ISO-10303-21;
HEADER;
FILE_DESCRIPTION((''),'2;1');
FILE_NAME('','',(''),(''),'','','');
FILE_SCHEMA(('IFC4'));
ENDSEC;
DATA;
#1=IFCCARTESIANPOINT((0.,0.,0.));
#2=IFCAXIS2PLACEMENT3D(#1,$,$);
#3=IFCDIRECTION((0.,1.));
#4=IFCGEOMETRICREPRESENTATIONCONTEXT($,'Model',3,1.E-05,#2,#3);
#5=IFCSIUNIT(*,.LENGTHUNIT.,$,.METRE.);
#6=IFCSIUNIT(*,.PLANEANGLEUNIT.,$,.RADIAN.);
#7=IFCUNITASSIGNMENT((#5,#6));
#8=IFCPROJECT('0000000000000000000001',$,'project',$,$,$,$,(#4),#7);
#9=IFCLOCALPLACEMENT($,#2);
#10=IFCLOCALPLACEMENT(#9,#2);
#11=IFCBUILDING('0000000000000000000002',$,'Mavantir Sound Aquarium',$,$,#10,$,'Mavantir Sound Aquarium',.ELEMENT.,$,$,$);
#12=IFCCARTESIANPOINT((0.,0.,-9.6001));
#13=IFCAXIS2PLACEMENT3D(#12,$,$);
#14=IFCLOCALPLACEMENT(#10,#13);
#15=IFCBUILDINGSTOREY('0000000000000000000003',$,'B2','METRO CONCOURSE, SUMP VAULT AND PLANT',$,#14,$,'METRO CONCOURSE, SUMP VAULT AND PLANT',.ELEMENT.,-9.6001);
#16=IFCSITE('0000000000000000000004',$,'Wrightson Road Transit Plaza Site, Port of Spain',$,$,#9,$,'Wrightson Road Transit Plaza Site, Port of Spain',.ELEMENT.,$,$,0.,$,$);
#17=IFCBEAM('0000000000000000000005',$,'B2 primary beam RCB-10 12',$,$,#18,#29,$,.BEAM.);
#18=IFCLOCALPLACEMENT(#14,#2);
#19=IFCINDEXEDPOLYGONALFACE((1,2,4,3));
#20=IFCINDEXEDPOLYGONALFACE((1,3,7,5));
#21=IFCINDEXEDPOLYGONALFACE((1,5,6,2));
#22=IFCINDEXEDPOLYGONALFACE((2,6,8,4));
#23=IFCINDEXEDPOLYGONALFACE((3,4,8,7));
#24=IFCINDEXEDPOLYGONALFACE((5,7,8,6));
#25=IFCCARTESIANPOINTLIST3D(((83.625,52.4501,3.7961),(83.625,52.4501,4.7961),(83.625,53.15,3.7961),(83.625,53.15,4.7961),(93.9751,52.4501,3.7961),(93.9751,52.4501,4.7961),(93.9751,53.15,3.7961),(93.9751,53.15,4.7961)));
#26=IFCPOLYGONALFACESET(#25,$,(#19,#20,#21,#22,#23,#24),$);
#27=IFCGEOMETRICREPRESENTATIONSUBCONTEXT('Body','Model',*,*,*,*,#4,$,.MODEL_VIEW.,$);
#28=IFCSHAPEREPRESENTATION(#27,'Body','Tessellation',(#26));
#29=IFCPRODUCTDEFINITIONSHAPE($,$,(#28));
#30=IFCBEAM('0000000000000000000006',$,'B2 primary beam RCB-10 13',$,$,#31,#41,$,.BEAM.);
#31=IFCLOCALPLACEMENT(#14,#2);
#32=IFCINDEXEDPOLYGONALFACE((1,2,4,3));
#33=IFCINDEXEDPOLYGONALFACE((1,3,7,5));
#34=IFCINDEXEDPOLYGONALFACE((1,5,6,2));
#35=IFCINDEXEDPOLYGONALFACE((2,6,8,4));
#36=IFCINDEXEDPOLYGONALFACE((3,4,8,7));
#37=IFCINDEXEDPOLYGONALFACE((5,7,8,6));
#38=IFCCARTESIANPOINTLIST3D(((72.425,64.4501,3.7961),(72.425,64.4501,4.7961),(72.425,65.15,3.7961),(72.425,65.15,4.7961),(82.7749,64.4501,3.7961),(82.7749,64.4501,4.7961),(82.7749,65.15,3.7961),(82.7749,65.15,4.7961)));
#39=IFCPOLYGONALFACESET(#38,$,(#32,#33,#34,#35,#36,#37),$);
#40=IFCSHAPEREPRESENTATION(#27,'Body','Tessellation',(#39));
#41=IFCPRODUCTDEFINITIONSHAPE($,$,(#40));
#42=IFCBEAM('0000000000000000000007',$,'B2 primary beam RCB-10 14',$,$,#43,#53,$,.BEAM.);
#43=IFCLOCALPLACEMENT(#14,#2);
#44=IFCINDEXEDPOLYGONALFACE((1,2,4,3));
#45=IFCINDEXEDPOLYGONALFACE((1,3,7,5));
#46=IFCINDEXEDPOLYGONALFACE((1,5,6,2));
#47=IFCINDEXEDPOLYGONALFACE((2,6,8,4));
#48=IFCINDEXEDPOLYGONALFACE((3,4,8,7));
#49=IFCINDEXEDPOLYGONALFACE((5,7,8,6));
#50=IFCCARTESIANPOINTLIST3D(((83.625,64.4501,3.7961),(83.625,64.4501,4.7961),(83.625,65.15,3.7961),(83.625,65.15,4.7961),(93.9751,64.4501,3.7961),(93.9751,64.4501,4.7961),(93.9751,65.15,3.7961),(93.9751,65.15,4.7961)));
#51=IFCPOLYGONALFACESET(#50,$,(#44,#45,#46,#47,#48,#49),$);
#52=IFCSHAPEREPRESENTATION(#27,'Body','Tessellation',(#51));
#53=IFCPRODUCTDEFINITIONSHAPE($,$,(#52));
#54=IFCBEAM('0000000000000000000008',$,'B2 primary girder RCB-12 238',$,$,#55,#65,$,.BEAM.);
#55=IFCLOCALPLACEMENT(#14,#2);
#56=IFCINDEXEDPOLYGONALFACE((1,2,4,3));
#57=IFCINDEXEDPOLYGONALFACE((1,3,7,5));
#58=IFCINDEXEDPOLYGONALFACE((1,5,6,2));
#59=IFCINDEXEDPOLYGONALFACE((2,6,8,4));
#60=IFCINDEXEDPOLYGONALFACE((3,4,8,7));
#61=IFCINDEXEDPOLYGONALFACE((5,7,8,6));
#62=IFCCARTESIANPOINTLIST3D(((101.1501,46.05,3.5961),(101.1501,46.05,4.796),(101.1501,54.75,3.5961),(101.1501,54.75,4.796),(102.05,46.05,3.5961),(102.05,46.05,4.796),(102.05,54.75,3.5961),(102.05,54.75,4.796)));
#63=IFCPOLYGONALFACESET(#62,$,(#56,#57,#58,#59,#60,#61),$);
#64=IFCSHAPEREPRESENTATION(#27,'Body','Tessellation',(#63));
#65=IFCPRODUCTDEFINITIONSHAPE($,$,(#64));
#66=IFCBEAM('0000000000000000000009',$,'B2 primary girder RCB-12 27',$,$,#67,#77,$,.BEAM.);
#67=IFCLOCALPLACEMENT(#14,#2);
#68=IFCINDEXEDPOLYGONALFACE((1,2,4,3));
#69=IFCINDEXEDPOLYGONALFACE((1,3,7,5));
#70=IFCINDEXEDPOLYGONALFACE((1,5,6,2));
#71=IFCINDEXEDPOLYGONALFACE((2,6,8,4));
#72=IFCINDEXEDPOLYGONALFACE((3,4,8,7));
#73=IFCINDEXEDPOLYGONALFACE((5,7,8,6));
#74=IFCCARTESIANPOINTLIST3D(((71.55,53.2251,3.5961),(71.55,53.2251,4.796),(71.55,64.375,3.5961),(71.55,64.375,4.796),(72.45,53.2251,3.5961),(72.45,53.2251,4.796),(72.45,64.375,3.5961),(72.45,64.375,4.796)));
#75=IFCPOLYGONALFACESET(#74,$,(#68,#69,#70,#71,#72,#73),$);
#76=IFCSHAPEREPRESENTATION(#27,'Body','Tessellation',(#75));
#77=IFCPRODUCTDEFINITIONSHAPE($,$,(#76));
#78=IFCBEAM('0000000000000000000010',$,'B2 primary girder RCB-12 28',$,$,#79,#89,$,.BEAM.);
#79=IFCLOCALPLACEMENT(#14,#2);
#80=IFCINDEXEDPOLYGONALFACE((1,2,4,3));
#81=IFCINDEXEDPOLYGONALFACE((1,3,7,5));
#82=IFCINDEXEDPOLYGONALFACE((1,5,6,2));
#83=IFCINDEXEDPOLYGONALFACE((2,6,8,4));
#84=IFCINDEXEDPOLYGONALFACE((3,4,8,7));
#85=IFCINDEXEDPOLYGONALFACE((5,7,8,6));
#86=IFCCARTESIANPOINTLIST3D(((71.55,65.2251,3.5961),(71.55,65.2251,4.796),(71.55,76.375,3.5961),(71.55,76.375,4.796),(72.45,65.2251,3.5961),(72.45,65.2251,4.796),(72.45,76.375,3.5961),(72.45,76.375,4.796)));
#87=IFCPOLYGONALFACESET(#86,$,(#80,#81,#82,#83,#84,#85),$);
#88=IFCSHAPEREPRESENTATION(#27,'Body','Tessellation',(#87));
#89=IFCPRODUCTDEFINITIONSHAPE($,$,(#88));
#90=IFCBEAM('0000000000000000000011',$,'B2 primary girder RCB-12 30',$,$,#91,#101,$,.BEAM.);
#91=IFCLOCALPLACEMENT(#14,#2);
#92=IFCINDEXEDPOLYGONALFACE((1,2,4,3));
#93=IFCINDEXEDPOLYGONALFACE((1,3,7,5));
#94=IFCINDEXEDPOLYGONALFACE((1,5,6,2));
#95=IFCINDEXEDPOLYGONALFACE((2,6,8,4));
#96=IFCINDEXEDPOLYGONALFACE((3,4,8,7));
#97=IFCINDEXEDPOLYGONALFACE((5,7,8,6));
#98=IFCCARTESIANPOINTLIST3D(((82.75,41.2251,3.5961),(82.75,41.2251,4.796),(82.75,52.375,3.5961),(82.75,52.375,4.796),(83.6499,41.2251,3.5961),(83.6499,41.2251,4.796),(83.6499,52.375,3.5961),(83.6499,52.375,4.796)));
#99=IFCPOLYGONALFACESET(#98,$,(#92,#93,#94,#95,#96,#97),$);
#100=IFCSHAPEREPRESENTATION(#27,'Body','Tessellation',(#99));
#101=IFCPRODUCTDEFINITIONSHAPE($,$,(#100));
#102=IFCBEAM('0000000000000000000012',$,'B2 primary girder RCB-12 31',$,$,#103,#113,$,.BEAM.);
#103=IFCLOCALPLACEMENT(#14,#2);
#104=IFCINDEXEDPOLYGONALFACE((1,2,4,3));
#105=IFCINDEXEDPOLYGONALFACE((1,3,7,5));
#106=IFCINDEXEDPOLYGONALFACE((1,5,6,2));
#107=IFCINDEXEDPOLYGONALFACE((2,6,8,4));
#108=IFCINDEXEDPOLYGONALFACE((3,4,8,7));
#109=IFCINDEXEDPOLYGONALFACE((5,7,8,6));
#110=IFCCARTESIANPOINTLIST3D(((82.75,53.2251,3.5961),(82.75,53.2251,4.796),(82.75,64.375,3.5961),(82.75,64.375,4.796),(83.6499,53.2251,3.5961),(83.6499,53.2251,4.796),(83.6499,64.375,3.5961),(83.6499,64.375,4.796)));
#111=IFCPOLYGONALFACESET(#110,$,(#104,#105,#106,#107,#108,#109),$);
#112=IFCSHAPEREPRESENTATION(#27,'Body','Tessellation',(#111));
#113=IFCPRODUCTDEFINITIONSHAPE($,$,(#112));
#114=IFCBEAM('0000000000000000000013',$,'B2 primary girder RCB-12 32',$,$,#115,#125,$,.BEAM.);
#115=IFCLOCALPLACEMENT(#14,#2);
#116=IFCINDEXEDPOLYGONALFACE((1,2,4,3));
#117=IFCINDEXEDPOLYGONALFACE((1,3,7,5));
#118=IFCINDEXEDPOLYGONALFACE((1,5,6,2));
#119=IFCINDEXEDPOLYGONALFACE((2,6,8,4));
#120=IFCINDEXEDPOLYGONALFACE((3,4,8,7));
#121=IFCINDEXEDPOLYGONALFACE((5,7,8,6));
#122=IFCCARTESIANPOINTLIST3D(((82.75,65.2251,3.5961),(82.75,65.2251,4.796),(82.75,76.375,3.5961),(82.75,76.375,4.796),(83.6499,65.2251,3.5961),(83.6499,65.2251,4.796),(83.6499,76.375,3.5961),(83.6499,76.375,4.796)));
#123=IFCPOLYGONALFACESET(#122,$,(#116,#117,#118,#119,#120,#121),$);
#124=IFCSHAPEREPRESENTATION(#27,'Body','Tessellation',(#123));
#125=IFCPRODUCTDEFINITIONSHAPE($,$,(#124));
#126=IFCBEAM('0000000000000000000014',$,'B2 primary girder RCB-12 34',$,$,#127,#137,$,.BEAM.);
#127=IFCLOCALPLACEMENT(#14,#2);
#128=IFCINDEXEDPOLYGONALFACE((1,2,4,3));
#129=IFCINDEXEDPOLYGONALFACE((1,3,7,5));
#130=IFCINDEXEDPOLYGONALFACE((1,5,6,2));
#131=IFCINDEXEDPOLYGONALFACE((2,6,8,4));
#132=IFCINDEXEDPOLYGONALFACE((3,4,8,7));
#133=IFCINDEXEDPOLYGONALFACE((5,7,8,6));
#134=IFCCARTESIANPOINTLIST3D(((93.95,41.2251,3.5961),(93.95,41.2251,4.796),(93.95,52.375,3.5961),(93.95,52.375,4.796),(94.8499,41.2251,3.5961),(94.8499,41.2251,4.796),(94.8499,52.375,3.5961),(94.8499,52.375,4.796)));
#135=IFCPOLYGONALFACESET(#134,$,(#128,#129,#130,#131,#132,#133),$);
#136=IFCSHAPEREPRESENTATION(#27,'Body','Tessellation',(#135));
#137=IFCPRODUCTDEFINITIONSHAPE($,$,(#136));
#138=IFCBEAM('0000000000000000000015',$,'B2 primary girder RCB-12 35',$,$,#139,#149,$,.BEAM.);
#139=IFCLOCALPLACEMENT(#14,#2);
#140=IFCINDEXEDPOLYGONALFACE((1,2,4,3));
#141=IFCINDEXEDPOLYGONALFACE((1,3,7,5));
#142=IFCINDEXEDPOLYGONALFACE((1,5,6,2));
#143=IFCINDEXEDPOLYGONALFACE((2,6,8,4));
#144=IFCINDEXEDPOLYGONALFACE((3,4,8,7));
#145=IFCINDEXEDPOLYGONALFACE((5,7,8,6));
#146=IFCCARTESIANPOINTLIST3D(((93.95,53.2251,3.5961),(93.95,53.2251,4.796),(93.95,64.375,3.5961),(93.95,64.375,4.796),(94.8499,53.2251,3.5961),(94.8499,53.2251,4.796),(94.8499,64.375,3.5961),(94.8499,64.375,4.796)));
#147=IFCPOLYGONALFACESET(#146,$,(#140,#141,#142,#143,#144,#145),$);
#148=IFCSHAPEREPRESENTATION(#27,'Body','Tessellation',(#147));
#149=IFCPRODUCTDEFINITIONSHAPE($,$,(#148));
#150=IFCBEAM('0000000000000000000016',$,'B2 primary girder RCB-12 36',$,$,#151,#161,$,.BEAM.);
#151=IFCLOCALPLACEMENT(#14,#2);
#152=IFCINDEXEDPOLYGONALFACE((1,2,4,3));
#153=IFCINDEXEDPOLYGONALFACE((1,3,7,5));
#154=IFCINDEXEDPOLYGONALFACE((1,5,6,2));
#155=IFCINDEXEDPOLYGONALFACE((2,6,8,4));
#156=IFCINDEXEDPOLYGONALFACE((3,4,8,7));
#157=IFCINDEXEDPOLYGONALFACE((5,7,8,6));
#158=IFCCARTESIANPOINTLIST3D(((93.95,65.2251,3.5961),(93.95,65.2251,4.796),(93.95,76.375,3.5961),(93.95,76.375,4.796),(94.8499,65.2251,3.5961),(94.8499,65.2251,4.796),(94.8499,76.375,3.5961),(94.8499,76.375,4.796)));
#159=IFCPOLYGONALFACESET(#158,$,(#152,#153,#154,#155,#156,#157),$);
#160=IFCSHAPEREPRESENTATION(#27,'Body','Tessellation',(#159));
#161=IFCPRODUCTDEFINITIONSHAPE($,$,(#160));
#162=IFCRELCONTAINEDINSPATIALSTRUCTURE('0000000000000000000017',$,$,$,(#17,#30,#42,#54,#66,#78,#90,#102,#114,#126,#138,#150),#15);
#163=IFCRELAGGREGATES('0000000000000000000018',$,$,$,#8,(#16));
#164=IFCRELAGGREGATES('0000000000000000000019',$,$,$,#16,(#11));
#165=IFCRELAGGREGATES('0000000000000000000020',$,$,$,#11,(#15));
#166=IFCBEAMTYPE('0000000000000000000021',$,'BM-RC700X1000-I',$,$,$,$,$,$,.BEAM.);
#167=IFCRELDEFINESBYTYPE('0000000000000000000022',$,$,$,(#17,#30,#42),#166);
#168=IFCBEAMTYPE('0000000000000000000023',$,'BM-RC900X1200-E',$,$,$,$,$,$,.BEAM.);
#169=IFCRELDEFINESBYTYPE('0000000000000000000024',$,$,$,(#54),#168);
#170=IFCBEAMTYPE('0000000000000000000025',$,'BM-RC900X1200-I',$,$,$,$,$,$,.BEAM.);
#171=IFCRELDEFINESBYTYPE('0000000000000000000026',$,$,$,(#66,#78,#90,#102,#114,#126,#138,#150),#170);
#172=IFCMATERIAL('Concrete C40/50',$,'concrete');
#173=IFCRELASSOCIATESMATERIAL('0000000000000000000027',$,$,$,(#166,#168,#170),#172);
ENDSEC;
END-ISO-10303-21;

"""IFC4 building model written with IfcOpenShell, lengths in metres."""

from ifc_helpers import new_model, si_unit, direction, frame, origin, origin_2d, place, context, subcontext, project, spatial, rectangle, extrude, material, material_profile, profile_set, type_object, element, save


model = new_model("IFC4")

# Units and contexts
model_context = context("Model", 3, precision=1e-05, world=origin(), true_north=direction((0.0, 1.0)))
body_context = subcontext(model_context, "Body", "Model", "MODEL_VIEW")
ifc_project = project(units=[si_unit("LENGTHUNIT", "METRE"), si_unit("PLANEANGLEUNIT", "RADIAN")], contexts=[model_context])

# Site, building, storey
site_placement = place(None, origin())
site = spatial("IfcSite", under=ifc_project, at=site_placement, Name="Wrightson Road Transit Plaza Site, Port of Spain", LongName="Wrightson Road Transit Plaza Site, Port of Spain", CompositionType="ELEMENT", RefElevation=0.0)
building_placement = place(site_placement, origin())
building = spatial("IfcBuilding", under=site, at=building_placement, Name="Mavantir Sound Aquarium", LongName="Mavantir Sound Aquarium", CompositionType="ELEMENT")
storey_placement = place(building_placement, frame((0.0, 0.0, -9.6001)))
storey = spatial("IfcBuildingStorey", under=building, at=storey_placement, Name="B2", Description="METRO CONCOURSE, SUMP VAULT AND PLANT", LongName="METRO CONCOURSE, SUMP VAULT AND PLANT", CompositionType="ELEMENT", Elevation=-9.6001)

# Shared definitions
ifc_material = material(Name="Concrete C40/50", Category="concrete")

# Beams
ifc_material_profile_1 = material_profile(ifc_material, rectangle(XDim=0.7, YDim=1.0, at=origin_2d()), Name="RC 700X1000")
ifc_profile_set_1 = profile_set([ifc_material_profile_1], Name="Concrete C40/50")
beam_type_1 = type_object("IfcBeamType", Name="BM-RC700X1000-I", PredefinedType="BEAM", material=ifc_profile_set_1)
beam_1_placement = place(storey_placement, frame((83.625, 52.8, 4.2961), z_axis=(1.0, 0.0, 0.0), x_axis=(0.0, 1.0, 0.0)))
element("IfcBeam", 1, at=beam_1_placement, inside=storey, type_object=beam_type_1, Name="B2 primary beam RCB-10 12", PredefinedType="BEAM", context=body_context, shape_type="SweptSolid", body=[
    extrude(rectangle(XDim=0.7, YDim=1.0, at=origin_2d()), origin(), (0.0, 0.0, 1.0), 10.3501),
])
beam_2_placement = place(storey_placement, frame((72.425, 64.8, 4.2961), z_axis=(1.0, 0.0, 0.0), x_axis=(0.0, 1.0, 0.0)))
element("IfcBeam", 2, at=beam_2_placement, inside=storey, type_object=beam_type_1, Name="B2 primary beam RCB-10 13", PredefinedType="BEAM", context=body_context, shape_type="SweptSolid", body=[
    extrude(rectangle(XDim=0.7, YDim=1.0, at=origin_2d()), origin(), (0.0, 0.0, 1.0), 10.3499),
])
beam_3_placement = place(storey_placement, frame((83.625, 64.8, 4.2961), z_axis=(1.0, 0.0, 0.0), x_axis=(0.0, 1.0, 0.0)))
element("IfcBeam", 3, at=beam_3_placement, inside=storey, type_object=beam_type_1, Name="B2 primary beam RCB-10 14", PredefinedType="BEAM", context=body_context, shape_type="SweptSolid", body=[
    extrude(rectangle(XDim=0.7, YDim=1.0, at=origin_2d()), origin(), (0.0, 0.0, 1.0), 10.3501),
])
ifc_material_profile_2 = material_profile(ifc_material, rectangle(XDim=0.8999, YDim=1.2, at=origin_2d()), Name="RC 900X1200")
ifc_profile_set_2 = profile_set([ifc_material_profile_2], Name="Concrete C40/50")
beam_type_2 = type_object("IfcBeamType", Name="BM-RC900X1200-E", PredefinedType="BEAM", material=ifc_profile_set_2)
beam_4_placement = place(storey_placement, frame((101.6001, 46.05, 4.196), z_axis=(0.0, 1.0, 0.0), x_axis=(-1.0, 0.0, 0.0)))
element("IfcBeam", 4, at=beam_4_placement, inside=storey, type_object=beam_type_2, Name="B2 primary girder RCB-12 238", PredefinedType="BEAM", context=body_context, shape_type="SweptSolid", body=[
    extrude(rectangle(XDim=0.8999, YDim=1.2, at=origin_2d()), origin(), (0.0, 0.0, 1.0), 8.7),
])
ifc_material_profile_3 = material_profile(ifc_material, rectangle(XDim=0.8999, YDim=1.2, at=origin_2d()), Name="RC 900X1200")
ifc_profile_set_3 = profile_set([ifc_material_profile_3], Name="Concrete C40/50")
beam_type_3 = type_object("IfcBeamType", Name="BM-RC900X1200-I", PredefinedType="BEAM", material=ifc_profile_set_3)
for number, where, z_axis, x_axis, name in (
    (5, (72.0, 53.2251, 4.196), (0.0, 1.0, 0.0), (-1.0, 0.0, 0.0), "B2 primary girder RCB-12 27"),
    (6, (72.0, 65.2251, 4.196), (0.0, 1.0, 0.0), (-1.0, 0.0, 0.0), "B2 primary girder RCB-12 28"),
    (7, (83.2, 41.2251, 4.196), (0.0, 1.0, 0.0), (-1.0, 0.0, 0.0), "B2 primary girder RCB-12 30"),
    (8, (83.2, 53.2251, 4.196), (0.0, 1.0, 0.0), (-1.0, 0.0, 0.0), "B2 primary girder RCB-12 31"),
    (9, (83.2, 65.2251, 4.196), (0.0, 1.0, 0.0), (-1.0, 0.0, 0.0), "B2 primary girder RCB-12 32"),
    (10, (94.3999, 41.2251, 4.196), (0.0, 1.0, 0.0), (-1.0, 0.0, 0.0), "B2 primary girder RCB-12 34"),
    (11, (94.3999, 53.2251, 4.196), (0.0, 1.0, 0.0), (-1.0, 0.0, 0.0), "B2 primary girder RCB-12 35"),
    (12, (94.3999, 65.2251, 4.196), (0.0, 1.0, 0.0), (-1.0, 0.0, 0.0), "B2 primary girder RCB-12 36"),
):
    element("IfcBeam", number, at=place(storey_placement, frame(where, z_axis=z_axis, x_axis=x_axis)), inside=storey, type_object=beam_type_3, Name=name, PredefinedType="BEAM", context=body_context, shape_type="SweptSolid", body=[
        extrude(rectangle(XDim=0.8999, YDim=1.2, at=origin_2d()), origin(), (0.0, 0.0, 1.0), 11.1499),
    ])

save(model, "model.ifc")
